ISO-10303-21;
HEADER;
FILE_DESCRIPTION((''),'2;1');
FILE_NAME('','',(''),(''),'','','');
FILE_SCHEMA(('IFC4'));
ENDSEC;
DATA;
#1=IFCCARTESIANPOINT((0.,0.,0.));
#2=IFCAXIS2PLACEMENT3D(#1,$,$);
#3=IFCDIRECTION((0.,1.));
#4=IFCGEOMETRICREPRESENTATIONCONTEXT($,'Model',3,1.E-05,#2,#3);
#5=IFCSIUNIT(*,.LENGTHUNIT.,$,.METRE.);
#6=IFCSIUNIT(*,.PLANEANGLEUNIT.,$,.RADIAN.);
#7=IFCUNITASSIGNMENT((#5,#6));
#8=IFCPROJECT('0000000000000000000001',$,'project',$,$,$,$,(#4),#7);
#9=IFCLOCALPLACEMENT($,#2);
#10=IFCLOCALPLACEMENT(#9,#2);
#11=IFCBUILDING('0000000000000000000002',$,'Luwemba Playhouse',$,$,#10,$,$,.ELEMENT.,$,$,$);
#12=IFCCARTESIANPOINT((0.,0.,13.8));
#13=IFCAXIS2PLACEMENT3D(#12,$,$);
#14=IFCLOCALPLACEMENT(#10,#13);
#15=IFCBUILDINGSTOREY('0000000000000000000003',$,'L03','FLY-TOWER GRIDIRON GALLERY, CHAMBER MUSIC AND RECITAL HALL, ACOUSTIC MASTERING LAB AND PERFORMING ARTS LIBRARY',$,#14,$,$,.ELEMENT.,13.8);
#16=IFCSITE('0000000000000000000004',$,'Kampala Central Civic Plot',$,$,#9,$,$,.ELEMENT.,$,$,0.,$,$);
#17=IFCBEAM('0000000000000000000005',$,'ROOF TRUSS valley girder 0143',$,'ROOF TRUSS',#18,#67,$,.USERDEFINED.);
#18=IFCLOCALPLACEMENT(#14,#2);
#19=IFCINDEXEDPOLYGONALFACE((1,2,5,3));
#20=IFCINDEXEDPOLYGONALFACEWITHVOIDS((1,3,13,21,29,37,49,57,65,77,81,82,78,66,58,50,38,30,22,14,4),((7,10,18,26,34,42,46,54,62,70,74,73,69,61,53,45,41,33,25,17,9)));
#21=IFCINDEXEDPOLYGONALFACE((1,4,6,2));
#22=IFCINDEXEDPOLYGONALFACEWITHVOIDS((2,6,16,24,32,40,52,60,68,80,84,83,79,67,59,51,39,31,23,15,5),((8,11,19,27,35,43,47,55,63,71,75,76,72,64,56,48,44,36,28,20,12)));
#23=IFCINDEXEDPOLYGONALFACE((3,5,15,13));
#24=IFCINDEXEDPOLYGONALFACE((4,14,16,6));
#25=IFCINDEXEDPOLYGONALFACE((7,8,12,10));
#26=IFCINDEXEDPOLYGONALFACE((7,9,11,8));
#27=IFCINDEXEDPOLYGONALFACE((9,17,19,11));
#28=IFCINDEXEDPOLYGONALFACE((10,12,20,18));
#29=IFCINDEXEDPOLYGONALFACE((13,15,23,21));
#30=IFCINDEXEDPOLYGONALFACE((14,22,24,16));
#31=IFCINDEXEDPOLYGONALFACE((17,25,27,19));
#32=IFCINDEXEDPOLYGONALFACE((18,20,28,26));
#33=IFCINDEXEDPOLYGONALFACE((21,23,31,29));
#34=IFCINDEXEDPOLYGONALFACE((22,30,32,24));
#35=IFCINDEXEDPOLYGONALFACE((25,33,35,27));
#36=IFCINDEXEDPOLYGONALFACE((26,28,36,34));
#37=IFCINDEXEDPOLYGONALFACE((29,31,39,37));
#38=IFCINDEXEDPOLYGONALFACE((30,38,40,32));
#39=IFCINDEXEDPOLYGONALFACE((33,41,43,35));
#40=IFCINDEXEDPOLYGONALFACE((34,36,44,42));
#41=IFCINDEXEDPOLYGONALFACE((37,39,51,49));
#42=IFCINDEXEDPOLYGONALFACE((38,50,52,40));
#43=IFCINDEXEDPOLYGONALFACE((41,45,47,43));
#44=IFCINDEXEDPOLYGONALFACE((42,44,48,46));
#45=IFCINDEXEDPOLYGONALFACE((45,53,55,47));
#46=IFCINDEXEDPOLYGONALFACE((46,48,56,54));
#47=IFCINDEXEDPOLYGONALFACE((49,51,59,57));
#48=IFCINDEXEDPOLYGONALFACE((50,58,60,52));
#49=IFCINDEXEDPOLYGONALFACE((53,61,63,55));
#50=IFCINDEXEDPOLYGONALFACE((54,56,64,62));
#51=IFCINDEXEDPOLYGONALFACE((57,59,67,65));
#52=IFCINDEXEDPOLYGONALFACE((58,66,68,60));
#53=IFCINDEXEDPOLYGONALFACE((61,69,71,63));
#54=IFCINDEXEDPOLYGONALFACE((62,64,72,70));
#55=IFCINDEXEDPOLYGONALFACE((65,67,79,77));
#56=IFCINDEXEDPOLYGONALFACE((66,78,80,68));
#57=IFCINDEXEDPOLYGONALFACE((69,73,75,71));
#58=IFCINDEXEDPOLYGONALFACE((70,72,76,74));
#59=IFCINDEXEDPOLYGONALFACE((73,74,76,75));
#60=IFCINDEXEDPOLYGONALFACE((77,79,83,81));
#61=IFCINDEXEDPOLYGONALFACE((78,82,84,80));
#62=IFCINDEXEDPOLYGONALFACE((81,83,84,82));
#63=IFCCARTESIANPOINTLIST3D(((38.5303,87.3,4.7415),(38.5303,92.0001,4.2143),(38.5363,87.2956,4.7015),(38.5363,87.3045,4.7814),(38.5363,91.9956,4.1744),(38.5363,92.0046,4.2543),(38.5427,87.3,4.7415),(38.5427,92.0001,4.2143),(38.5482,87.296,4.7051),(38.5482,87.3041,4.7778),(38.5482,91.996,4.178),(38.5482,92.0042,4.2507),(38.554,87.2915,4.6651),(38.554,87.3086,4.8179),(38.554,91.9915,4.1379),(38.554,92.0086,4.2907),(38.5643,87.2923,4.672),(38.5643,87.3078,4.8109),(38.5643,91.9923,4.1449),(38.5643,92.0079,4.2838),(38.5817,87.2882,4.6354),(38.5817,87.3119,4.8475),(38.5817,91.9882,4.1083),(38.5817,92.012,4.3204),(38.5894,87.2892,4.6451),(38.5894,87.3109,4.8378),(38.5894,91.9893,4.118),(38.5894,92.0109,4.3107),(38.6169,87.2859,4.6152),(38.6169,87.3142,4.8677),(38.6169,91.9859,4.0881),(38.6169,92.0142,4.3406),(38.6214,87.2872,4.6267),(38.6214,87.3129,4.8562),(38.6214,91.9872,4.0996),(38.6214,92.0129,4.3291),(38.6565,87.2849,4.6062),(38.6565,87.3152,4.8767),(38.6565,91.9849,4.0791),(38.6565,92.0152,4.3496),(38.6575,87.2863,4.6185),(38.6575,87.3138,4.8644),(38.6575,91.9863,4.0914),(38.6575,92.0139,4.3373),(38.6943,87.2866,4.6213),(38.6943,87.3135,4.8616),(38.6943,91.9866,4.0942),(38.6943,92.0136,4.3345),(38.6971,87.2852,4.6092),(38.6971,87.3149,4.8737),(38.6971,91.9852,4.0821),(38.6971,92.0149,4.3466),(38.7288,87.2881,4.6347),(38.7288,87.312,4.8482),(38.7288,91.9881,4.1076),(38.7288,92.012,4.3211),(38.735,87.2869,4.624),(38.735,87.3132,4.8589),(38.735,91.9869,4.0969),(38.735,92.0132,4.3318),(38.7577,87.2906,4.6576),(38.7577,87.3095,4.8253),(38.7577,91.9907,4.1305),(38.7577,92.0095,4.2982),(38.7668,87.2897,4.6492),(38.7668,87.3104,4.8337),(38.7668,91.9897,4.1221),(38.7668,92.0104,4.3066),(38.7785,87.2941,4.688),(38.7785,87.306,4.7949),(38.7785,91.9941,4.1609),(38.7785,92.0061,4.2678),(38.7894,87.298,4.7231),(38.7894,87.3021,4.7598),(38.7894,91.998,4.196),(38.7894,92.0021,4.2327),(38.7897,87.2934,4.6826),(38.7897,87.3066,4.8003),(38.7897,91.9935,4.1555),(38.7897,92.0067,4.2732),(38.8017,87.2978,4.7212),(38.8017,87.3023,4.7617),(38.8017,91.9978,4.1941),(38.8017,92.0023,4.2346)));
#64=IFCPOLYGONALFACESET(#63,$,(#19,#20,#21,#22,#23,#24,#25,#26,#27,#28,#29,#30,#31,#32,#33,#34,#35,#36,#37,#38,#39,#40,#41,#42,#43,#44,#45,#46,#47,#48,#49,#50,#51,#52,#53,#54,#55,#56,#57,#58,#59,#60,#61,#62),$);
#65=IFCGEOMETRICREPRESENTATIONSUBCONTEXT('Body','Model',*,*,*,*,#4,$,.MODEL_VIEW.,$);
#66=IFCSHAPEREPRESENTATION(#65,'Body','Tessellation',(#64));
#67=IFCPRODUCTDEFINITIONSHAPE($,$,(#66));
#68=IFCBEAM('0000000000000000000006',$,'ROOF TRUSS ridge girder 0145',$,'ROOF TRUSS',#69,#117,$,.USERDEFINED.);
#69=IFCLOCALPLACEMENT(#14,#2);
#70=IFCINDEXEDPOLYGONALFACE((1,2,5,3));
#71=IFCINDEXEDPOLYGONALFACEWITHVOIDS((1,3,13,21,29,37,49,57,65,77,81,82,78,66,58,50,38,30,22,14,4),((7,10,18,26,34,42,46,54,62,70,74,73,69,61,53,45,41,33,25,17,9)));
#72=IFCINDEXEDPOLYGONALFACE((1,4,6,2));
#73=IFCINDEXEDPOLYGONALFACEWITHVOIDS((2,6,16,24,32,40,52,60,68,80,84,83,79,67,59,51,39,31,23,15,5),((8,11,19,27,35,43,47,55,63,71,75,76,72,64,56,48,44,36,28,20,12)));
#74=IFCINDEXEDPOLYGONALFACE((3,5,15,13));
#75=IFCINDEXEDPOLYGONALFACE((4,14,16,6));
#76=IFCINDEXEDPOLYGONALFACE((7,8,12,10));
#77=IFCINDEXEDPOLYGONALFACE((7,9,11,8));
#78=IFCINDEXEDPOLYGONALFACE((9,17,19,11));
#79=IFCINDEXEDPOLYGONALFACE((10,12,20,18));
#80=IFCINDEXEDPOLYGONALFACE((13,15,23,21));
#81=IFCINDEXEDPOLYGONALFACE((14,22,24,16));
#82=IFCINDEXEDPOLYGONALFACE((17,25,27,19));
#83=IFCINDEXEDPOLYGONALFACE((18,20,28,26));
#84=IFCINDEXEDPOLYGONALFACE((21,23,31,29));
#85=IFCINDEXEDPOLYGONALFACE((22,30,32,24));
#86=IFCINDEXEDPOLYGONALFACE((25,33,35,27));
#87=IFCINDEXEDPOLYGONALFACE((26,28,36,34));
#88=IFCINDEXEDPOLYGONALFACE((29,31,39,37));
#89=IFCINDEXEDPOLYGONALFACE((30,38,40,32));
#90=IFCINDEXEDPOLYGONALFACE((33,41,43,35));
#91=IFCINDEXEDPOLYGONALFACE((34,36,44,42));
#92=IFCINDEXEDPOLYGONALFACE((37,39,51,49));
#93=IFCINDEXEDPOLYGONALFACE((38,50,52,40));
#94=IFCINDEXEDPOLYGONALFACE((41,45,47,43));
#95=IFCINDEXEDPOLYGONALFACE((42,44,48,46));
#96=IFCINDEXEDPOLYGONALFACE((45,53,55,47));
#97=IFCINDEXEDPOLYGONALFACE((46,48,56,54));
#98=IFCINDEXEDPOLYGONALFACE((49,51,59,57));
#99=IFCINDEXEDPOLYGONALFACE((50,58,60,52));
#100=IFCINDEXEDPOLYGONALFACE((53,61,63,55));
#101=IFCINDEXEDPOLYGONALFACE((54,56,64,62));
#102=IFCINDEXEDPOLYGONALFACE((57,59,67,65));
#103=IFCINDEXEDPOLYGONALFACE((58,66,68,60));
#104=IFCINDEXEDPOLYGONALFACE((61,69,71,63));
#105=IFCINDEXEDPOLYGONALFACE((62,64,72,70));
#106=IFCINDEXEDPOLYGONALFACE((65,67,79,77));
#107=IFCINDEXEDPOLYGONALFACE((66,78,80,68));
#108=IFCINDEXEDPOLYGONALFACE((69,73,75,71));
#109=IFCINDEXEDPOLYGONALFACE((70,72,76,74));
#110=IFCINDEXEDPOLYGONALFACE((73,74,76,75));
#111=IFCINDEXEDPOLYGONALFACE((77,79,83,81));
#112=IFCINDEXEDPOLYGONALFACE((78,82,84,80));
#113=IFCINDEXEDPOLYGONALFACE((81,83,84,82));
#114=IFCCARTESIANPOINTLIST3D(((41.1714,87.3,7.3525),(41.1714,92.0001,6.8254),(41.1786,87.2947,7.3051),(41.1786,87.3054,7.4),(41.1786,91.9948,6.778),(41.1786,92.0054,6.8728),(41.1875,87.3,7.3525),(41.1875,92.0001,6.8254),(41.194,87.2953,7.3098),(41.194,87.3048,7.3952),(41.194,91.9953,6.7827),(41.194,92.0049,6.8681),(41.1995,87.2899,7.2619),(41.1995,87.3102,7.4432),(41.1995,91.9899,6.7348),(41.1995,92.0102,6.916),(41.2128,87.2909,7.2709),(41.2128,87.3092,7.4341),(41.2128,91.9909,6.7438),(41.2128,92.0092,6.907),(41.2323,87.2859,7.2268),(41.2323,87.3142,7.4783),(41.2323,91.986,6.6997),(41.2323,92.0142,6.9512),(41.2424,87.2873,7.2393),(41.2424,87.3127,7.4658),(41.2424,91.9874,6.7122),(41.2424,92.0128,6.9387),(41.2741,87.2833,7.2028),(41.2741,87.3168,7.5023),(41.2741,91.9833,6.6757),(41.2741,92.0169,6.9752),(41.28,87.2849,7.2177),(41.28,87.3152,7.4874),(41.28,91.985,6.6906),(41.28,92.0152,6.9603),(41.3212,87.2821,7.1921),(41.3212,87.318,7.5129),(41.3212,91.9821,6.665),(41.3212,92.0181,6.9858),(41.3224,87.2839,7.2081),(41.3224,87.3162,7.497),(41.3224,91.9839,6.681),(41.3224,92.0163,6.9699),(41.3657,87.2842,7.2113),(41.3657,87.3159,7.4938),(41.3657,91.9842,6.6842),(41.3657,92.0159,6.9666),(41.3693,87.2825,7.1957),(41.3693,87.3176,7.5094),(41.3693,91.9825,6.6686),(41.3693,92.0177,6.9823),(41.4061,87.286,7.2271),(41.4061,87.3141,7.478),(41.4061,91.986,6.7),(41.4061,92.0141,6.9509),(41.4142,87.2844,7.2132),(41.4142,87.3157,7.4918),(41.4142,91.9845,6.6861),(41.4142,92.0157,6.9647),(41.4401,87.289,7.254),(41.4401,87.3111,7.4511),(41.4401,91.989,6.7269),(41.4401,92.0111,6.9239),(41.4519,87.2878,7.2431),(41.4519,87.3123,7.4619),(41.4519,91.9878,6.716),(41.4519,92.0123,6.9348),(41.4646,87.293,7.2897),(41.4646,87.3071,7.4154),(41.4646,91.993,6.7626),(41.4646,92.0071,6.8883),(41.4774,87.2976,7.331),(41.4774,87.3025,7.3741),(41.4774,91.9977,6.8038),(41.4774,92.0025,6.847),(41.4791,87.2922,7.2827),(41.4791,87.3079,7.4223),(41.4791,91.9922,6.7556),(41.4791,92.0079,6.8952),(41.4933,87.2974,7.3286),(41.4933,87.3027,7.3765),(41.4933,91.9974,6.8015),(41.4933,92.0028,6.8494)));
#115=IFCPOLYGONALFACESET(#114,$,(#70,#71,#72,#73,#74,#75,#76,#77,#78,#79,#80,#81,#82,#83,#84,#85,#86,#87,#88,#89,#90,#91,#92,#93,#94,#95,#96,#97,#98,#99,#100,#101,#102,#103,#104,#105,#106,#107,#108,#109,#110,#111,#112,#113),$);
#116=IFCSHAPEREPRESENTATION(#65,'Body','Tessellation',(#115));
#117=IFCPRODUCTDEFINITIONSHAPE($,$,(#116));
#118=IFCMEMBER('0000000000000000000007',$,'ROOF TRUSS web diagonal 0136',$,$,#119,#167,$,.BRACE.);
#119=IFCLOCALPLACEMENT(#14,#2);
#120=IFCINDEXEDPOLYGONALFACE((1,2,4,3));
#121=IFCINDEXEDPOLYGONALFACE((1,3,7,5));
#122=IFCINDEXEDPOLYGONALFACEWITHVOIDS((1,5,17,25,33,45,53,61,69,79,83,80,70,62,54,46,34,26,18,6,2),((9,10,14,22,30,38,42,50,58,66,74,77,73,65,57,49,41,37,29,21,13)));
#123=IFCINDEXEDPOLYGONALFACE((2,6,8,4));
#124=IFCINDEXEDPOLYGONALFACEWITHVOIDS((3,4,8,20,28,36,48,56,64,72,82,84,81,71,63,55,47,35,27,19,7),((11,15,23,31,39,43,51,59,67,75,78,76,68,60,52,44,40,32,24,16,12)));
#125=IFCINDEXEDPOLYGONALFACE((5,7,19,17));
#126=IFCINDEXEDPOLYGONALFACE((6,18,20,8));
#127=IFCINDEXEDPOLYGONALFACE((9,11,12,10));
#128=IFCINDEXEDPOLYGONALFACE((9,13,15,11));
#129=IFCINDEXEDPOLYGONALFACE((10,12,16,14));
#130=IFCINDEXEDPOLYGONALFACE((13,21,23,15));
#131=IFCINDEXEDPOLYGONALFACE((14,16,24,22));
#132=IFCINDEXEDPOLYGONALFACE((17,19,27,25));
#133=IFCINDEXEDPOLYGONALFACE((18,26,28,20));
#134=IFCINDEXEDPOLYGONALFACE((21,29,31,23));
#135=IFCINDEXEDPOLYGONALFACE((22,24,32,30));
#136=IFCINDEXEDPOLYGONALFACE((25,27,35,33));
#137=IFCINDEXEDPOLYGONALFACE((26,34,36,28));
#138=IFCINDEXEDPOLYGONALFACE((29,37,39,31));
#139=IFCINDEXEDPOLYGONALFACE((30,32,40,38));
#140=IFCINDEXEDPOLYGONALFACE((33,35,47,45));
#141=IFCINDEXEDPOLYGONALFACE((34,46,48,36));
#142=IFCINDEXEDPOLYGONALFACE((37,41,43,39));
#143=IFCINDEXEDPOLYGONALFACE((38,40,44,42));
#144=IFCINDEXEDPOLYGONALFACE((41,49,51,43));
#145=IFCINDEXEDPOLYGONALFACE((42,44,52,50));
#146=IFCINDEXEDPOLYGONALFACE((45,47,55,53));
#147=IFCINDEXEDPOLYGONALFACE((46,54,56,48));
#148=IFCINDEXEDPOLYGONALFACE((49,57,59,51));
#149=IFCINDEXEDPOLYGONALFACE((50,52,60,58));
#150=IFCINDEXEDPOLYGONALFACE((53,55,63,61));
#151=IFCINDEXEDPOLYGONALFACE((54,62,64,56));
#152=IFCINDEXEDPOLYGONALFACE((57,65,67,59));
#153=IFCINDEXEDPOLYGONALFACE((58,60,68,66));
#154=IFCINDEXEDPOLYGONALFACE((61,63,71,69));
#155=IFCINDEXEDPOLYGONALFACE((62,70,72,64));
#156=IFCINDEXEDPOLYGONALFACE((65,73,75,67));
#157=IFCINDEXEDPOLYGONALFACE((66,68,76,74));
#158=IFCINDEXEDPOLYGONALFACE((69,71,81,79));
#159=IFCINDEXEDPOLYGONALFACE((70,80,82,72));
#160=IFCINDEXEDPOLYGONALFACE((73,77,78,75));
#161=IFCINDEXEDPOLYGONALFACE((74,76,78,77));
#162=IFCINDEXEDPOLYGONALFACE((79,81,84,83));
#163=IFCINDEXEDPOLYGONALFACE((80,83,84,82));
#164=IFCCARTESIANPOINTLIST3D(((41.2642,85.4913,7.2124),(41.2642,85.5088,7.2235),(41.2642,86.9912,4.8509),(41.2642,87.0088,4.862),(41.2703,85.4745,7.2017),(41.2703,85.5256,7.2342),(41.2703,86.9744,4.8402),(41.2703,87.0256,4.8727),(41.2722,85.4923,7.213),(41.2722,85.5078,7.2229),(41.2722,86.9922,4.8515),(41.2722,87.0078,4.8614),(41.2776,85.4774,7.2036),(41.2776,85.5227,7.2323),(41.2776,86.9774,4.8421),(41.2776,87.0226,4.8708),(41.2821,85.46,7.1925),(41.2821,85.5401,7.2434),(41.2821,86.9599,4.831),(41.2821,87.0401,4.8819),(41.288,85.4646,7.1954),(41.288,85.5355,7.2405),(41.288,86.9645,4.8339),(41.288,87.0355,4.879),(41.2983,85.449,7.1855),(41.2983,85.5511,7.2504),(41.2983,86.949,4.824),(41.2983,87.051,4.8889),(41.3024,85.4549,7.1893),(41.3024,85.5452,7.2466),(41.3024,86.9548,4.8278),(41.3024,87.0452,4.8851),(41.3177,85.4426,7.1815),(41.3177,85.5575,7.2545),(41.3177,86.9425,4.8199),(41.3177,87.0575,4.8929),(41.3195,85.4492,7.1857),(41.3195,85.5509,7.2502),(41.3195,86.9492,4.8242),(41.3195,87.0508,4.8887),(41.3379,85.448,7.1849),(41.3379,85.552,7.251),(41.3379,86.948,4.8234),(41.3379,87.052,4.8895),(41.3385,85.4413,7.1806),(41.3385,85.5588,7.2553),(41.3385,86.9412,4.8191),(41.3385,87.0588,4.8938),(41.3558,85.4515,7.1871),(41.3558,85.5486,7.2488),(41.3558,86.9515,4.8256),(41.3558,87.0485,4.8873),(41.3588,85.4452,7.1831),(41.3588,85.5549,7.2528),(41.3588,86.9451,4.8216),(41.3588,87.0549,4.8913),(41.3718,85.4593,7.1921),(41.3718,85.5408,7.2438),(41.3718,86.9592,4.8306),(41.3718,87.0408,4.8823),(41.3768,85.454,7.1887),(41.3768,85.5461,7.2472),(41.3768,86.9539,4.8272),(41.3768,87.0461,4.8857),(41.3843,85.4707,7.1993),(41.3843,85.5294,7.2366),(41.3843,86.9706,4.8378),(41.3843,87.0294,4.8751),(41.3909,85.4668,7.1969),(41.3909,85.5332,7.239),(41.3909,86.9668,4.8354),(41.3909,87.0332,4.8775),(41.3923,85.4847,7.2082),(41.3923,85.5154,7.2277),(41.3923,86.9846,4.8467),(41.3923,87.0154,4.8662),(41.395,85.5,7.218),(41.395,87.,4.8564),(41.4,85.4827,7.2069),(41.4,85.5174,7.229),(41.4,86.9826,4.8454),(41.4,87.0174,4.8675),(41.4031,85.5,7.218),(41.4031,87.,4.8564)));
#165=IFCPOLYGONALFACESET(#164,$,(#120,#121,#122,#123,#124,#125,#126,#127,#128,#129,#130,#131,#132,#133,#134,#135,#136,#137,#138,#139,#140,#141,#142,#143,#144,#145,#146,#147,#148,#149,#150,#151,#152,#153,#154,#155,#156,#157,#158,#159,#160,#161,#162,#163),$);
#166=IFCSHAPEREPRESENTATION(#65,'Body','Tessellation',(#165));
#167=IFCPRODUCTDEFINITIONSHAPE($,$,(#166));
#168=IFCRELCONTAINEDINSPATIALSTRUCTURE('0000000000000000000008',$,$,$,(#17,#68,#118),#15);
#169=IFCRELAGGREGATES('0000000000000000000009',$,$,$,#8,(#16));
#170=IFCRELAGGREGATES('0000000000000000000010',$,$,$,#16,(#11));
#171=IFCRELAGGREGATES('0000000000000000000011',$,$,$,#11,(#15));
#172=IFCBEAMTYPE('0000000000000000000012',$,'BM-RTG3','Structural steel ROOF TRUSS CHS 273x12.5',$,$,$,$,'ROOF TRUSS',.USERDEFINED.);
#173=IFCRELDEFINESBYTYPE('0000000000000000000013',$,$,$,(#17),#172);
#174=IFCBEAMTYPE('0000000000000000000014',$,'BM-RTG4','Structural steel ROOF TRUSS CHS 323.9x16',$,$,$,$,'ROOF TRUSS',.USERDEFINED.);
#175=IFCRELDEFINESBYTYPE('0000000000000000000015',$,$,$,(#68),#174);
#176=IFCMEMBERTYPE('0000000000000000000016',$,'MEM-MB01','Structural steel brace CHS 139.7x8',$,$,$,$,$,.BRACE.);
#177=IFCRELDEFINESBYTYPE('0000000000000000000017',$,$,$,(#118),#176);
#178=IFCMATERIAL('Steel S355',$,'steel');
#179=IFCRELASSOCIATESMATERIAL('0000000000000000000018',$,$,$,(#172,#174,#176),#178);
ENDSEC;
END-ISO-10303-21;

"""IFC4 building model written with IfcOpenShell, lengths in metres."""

from ifc_helpers import new_model, si_unit, direction, frame, origin, origin_2d, place, context, subcontext, project, spatial, hollow_circle, extrude, material, material_profile, profile_set, type_object, element, save


model = new_model("IFC4")

# Units and contexts
model_context = context("Model", 3, precision=1e-05, world=origin(), true_north=direction((0.0, 1.0)))
body_context = subcontext(model_context, "Body", "Model", "MODEL_VIEW")
ifc_project = project(units=[si_unit("LENGTHUNIT", "METRE"), si_unit("PLANEANGLEUNIT", "RADIAN")], contexts=[model_context])

# Site, building, storey
site_placement = place(None, origin())
site = spatial("IfcSite", under=ifc_project, at=site_placement, Name="Kampala Central Civic Plot", CompositionType="ELEMENT", RefElevation=0.0)
building_placement = place(site_placement, origin())
building = spatial("IfcBuilding", under=site, at=building_placement, Name="Luwemba Playhouse", CompositionType="ELEMENT")
storey_placement = place(building_placement, frame((0.0, 0.0, 13.8)))
storey = spatial("IfcBuildingStorey", under=building, at=storey_placement, Name="L03", Description="FLY-TOWER GRIDIRON GALLERY, CHAMBER MUSIC AND RECITAL HALL, ACOUSTIC MASTERING LAB AND PERFORMING ARTS LIBRARY", CompositionType="ELEMENT", Elevation=13.8)

# Beams
ifc_material_1 = material(Name="Steel S355", Category="steel")
ifc_material_profile_1 = material_profile(ifc_material_1, hollow_circle(Radius=0.1365, WallThickness=0.0125, at=origin_2d()))
ifc_profile_set_1 = profile_set([ifc_material_profile_1], Name="Steel S355")
beam_type_1 = type_object("IfcBeamType", Name="BM-RTG3", Description="Structural steel ROOF TRUSS CHS 273x12.5", ElementType="ROOF TRUSS", PredefinedType="USERDEFINED", material=ifc_profile_set_1)
beam_1_placement = place(storey_placement, frame((38.6667, 87.3, 4.7415), z_axis=(0.0, 0.99377, -0.111451), x_axis=(-1.0, 0.0, 0.0)))
element("IfcBeam", 1, at=beam_1_placement, inside=storey, type_object=beam_type_1, Name="ROOF TRUSS valley girder 0143", ObjectType="ROOF TRUSS", PredefinedType="USERDEFINED", context=body_context, shape_type="SweptSolid", body=[
    extrude(hollow_circle(Radius=0.1365, WallThickness=0.0125, at=origin_2d()), origin(), (0.0, 0.0, 1.0), 4.7295),
])
ifc_material_profile_2 = material_profile(ifc_material_1, hollow_circle(Radius=0.1619, WallThickness=0.0161, at=origin_2d()))
ifc_profile_set_2 = profile_set([ifc_material_profile_2], Name="Steel S355")
beam_type_2 = type_object("IfcBeamType", Name="BM-RTG4", Description="Structural steel ROOF TRUSS CHS 323.9x16", ElementType="ROOF TRUSS", PredefinedType="USERDEFINED", material=ifc_profile_set_2)
beam_2_placement = place(storey_placement, frame((41.3333, 87.3, 7.3525), z_axis=(0.0, 0.99377, -0.111451), x_axis=(-1.0, 0.0, 0.0)))
element("IfcBeam", 2, at=beam_2_placement, inside=storey, type_object=beam_type_2, Name="ROOF TRUSS ridge girder 0145", ObjectType="ROOF TRUSS", PredefinedType="USERDEFINED", context=body_context, shape_type="SweptSolid", body=[
    extrude(hollow_circle(Radius=0.1619, WallThickness=0.0161, at=origin_2d()), origin(), (0.0, 0.0, 1.0), 4.7295),
])

# Member
ifc_material_profile_3 = material_profile(ifc_material_1, hollow_circle(Radius=0.0698, WallThickness=0.0081, at=origin_2d()))
ifc_profile_set_3 = profile_set([ifc_material_profile_3], Name="Steel S355")
member_type_1 = type_object("IfcMemberType", Name="MEM-MB01", Description="Structural steel brace CHS 139.7x8", PredefinedType="BRACE", material=ifc_profile_set_3)
for number, where, z_axis, x_axis, name in (
    (3, (41.3333, 87.0, 4.8564), (0.0, -0.536158, 0.844118), (1.0, 0.0, 0.0), "ROOF TRUSS web diagonal 0136"),
):
    element("IfcMember", number, at=place(storey_placement, frame(where, z_axis=z_axis, x_axis=x_axis)), inside=storey, type_object=member_type_1, Name=name, PredefinedType="BRACE", context=body_context, shape_type="SweptSolid", body=[
        extrude(hollow_circle(Radius=0.0698, WallThickness=0.0081, at=origin_2d()), origin(), (0.0, 0.0, 1.0), 2.7976),
    ])

save(model, "model.ifc")
